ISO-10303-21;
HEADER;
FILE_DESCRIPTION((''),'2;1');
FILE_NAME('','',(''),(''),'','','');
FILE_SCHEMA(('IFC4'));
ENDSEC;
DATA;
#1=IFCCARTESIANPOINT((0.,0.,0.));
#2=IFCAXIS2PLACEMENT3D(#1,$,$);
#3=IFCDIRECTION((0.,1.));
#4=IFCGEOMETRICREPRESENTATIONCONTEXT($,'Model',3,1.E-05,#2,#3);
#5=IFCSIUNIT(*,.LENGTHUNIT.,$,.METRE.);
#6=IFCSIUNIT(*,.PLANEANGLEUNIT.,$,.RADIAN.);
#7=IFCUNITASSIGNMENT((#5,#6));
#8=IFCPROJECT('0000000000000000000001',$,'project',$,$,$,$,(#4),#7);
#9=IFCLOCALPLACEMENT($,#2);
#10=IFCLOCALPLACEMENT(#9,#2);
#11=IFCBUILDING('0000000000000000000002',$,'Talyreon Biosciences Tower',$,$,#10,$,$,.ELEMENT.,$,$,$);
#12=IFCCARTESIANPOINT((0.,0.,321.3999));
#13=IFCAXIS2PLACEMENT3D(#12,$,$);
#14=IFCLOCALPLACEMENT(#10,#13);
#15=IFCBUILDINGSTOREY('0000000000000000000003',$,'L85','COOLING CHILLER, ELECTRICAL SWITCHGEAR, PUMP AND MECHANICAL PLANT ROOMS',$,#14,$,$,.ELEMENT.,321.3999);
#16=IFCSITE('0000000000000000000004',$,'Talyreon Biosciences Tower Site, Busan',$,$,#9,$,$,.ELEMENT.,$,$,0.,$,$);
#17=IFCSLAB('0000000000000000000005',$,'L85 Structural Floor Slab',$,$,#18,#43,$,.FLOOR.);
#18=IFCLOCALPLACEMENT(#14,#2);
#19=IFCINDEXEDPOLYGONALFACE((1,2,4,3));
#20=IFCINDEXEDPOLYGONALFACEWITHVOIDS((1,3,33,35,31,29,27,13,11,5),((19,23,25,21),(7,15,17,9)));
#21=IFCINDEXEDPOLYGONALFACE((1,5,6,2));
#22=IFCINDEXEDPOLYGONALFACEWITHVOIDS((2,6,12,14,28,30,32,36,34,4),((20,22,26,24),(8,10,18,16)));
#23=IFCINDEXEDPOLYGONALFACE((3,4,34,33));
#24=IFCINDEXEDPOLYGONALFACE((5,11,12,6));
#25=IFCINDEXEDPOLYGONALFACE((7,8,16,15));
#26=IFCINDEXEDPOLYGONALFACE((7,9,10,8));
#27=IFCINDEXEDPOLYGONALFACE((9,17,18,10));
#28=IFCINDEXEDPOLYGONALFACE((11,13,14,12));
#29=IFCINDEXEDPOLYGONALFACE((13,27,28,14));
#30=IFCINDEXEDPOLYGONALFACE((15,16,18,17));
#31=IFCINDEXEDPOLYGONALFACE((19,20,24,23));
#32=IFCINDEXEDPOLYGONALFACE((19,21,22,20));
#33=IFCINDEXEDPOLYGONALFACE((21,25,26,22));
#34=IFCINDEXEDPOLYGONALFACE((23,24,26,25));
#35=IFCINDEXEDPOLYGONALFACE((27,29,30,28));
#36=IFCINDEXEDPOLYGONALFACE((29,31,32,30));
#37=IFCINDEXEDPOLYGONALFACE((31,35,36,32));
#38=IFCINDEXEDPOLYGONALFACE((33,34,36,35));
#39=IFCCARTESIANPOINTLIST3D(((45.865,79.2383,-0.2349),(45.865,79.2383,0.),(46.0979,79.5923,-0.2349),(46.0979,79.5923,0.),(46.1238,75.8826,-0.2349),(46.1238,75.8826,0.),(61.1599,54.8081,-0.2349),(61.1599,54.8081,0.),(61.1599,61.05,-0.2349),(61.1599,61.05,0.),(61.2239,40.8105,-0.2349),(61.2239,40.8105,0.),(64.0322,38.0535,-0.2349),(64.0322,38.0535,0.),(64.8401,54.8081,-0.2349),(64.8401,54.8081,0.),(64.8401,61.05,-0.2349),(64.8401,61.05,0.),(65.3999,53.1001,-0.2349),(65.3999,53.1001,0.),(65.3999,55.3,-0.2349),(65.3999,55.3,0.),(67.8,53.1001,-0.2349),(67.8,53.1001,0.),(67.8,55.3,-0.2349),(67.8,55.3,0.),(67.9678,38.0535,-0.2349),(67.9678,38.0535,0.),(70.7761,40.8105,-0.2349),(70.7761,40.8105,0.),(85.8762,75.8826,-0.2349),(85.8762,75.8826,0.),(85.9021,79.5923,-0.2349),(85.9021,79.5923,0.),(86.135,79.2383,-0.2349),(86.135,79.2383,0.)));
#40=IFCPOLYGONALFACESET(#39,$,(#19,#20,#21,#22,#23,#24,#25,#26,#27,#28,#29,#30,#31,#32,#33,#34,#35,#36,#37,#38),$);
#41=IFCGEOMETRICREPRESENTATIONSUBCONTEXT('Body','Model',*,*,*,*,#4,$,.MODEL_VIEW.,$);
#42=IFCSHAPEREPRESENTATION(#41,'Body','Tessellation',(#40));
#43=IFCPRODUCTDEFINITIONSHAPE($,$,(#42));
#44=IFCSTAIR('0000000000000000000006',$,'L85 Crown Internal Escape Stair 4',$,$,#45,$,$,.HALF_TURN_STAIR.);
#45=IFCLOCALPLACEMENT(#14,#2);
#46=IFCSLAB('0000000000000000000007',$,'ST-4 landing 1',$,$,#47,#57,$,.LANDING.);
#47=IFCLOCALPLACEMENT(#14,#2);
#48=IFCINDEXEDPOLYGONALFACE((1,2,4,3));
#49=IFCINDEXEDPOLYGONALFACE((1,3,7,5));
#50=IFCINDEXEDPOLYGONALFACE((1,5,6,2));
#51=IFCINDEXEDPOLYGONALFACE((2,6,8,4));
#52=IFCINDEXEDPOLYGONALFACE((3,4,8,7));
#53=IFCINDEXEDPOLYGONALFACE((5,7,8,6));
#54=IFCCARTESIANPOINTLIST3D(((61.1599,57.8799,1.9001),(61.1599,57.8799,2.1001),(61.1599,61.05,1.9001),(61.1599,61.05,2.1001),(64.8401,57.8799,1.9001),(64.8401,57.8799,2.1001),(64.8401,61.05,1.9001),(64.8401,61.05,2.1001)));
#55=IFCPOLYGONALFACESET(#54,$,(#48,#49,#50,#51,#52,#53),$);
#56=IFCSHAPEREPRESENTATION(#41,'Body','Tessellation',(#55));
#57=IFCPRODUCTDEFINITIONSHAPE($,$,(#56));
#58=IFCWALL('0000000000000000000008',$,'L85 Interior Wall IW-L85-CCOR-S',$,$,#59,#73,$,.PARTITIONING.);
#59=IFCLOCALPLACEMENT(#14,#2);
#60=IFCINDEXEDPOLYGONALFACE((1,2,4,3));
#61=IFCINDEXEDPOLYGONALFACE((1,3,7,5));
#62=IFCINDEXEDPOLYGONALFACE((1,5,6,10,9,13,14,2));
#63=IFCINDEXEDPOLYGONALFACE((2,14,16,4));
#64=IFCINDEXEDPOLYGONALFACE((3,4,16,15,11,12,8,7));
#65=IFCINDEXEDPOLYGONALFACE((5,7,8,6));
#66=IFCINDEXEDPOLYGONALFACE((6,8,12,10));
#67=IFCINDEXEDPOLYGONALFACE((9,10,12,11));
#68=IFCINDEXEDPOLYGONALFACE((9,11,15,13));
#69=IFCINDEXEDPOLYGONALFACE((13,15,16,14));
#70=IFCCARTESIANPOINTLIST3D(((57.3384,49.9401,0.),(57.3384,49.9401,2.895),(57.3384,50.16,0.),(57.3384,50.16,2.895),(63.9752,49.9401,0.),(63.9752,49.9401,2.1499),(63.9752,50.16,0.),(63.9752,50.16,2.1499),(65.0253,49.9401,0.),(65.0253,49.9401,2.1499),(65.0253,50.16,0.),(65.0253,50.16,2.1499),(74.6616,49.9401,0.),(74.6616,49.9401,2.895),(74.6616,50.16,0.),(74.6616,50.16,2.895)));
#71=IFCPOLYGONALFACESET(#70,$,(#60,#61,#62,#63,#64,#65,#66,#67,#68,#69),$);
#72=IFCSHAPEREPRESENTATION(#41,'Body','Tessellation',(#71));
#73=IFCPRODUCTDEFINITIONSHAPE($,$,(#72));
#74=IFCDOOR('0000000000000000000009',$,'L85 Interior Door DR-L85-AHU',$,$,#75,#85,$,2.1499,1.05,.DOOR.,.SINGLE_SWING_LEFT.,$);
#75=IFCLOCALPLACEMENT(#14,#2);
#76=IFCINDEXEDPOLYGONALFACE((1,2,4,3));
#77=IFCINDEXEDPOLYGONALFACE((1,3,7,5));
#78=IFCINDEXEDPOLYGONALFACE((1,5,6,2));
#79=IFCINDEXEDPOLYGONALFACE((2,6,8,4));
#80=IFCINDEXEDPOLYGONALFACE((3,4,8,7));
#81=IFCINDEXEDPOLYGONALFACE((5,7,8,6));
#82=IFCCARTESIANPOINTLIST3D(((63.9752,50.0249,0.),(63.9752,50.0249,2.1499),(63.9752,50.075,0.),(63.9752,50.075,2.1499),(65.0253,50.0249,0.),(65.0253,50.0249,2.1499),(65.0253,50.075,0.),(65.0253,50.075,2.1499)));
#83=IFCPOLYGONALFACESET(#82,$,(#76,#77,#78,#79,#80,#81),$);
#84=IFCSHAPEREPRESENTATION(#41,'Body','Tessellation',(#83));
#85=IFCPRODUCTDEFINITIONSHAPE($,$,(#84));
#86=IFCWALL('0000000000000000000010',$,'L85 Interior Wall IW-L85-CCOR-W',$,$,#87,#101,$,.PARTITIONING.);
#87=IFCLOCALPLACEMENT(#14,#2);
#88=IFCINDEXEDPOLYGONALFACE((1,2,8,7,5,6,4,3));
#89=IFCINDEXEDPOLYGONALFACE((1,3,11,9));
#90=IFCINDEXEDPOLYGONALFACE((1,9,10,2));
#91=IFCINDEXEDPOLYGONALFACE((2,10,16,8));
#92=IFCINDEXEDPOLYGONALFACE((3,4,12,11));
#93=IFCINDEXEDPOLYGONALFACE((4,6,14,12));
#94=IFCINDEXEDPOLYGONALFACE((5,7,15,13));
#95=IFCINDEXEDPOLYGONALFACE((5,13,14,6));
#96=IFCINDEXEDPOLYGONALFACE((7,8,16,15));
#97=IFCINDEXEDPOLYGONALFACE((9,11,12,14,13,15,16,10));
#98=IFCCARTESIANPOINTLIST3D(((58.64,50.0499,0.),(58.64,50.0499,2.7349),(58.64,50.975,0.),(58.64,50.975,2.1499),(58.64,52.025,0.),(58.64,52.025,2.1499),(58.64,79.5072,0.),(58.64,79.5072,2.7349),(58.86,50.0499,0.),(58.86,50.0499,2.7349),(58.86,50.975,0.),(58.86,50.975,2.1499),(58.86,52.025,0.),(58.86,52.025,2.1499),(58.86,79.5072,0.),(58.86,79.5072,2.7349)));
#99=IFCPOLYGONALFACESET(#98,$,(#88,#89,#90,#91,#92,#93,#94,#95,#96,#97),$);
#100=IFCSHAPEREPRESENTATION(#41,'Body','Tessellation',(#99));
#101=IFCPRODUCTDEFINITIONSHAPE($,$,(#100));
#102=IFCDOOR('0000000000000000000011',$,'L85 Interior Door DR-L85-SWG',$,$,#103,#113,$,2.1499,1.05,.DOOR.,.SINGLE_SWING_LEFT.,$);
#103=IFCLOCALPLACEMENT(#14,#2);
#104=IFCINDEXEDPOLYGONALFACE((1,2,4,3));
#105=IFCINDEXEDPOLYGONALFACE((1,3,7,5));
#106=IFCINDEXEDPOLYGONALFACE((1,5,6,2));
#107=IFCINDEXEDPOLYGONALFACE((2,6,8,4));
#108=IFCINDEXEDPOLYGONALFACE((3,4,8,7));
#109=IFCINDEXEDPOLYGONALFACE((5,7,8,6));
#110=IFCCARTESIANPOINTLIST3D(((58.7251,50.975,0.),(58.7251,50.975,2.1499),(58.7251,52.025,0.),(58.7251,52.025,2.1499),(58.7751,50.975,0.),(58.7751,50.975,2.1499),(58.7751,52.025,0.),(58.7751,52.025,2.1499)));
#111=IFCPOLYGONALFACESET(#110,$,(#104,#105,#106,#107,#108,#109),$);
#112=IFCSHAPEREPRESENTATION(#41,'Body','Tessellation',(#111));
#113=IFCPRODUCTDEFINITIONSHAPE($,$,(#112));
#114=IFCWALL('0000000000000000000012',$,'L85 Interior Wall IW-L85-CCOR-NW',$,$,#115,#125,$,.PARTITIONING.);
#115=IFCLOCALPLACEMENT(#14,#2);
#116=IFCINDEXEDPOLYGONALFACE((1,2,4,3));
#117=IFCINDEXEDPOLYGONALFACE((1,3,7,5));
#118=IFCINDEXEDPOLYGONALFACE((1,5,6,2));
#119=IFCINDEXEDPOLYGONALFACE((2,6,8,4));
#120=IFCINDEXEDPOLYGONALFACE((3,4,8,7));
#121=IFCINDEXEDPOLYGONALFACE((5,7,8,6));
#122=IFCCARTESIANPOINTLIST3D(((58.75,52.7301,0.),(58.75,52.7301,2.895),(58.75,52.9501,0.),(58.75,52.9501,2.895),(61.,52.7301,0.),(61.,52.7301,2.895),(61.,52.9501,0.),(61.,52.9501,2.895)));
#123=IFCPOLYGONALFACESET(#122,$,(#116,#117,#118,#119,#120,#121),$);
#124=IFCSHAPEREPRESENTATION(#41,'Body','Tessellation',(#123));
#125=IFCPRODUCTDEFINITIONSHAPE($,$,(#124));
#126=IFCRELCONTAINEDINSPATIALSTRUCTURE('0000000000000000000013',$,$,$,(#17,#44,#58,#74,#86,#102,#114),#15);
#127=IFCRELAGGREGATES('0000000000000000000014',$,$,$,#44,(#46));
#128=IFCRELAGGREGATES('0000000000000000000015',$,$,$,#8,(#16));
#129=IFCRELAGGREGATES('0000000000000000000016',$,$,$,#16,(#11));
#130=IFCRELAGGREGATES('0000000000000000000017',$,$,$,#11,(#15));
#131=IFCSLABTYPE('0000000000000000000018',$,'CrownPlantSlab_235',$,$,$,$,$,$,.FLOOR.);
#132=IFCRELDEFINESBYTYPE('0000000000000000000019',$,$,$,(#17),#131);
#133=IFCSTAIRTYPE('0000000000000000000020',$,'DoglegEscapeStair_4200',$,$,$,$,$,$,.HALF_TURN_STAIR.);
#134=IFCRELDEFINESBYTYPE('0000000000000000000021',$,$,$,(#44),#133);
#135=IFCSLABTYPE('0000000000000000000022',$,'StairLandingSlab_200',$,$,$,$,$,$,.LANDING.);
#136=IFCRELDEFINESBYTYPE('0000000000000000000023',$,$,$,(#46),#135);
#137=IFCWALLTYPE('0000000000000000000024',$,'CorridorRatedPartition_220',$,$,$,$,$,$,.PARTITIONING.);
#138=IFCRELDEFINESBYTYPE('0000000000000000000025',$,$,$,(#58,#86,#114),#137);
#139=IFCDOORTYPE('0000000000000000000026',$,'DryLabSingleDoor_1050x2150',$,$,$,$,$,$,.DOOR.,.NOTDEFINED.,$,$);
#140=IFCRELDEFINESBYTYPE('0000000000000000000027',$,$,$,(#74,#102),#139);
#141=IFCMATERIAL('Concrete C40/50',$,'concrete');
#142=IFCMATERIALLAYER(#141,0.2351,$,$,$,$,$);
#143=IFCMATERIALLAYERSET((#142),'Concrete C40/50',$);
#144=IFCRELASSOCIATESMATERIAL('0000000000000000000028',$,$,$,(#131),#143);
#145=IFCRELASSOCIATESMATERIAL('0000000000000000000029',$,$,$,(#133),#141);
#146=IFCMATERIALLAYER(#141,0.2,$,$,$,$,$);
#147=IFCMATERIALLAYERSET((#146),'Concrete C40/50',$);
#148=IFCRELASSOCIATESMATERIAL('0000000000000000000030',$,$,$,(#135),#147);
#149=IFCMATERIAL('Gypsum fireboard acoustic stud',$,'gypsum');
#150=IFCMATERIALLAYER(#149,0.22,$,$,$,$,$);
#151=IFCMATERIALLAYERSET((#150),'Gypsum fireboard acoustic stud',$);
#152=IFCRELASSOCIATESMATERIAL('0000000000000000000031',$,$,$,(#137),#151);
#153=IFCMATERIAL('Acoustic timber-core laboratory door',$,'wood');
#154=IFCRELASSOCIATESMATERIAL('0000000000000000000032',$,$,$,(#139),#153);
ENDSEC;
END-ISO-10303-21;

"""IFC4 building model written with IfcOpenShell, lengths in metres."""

from ifc_helpers import new_model, si_unit, direction, frame, frame_2d, origin, place, context, subcontext, project, spatial, polyline, rectangle, outline, extrude, material, layer, layer_set, type_object, element, fill, aggregate, save


model = new_model("IFC4")

# Units and contexts
model_context = context("Model", 3, precision=1e-05, world=origin(), true_north=direction((0.0, 1.0)))
body_context = subcontext(model_context, "Body", "Model", "MODEL_VIEW")
ifc_project = project(units=[si_unit("LENGTHUNIT", "METRE"), si_unit("PLANEANGLEUNIT", "RADIAN")], contexts=[model_context])

# Site, building, storey
site_placement = place(None, origin())
site = spatial("IfcSite", under=ifc_project, at=site_placement, Name="Talyreon Biosciences Tower Site, Busan", CompositionType="ELEMENT", RefElevation=0.0)
building_placement = place(site_placement, origin())
building = spatial("IfcBuilding", under=site, at=building_placement, Name="Talyreon Biosciences Tower", CompositionType="ELEMENT")
storey_placement = place(building_placement, frame((0.0, 0.0, 321.3999)))
storey = spatial("IfcBuildingStorey", under=building, at=storey_placement, Name="L85", Description="COOLING CHILLER, ELECTRICAL SWITCHGEAR, PUMP AND MECHANICAL PLANT ROOMS", CompositionType="ELEMENT", Elevation=321.3999)

# Slab
ifc_material_1 = material(Name="Concrete C40/50", Category="concrete")
ifc_layer_1 = layer(ifc_material_1, 0.2351)
ifc_layer_set_1 = layer_set([ifc_layer_1], Name="Concrete C40/50")
slab_type_1 = type_object("IfcSlabType", Name="CrownPlantSlab_235", PredefinedType="FLOOR", material=ifc_layer_set_1)
slab_1_placement = place(storey_placement, frame((0.0, 0.0, -0.2349)))
element("IfcSlab", 1, at=slab_1_placement, inside=storey, type_object=slab_type_1, Name="L85 Structural Floor Slab", PredefinedType="FLOOR", context=body_context, shape_type="SweptSolid", body=[
    extrude(outline(polyline([(46.1238, 75.8826), (45.865, 79.2383), (46.0979, 79.5923), (85.9021, 79.5923), (86.135, 79.2383), (85.8762, 75.8826), (70.7761, 40.8105), (67.9678, 38.0535), (64.0322, 38.0535), (61.2239, 40.8105), (46.1238, 75.8826)]), holes=[polyline([(65.3999, 53.1001), (65.3999, 55.3), (67.8, 55.3), (67.8, 53.1001), (65.3999, 53.1001)]), polyline([(61.1599, 54.8081), (61.1599, 61.05), (64.8401, 61.05), (64.8401, 54.8081), (61.1599, 54.8081)])]), origin(), (0.0, 0.0, 1.0), 0.2349),
])

# Stair, slab
stair_type = type_object("IfcStairType", Name="DoglegEscapeStair_4200", PredefinedType="HALF_TURN_STAIR", material=ifc_material_1)
stair_placement = place(storey_placement, origin())
stair = element("IfcStair", 2, at=stair_placement, inside=storey, type_object=stair_type, Name="L85 Crown Internal Escape Stair 4", PredefinedType="HALF_TURN_STAIR")
ifc_layer_2 = layer(ifc_material_1, 0.2)
ifc_layer_set_2 = layer_set([ifc_layer_2], Name="Concrete C40/50")
slab_type_2 = type_object("IfcSlabType", Name="StairLandingSlab_200", PredefinedType="LANDING", material=ifc_layer_set_2)
slab_2_placement = place(storey_placement, frame((0.0, 0.0, 1.9001)))
slab_2 = element("IfcSlab", 3, at=slab_2_placement, type_object=slab_type_2, Name="ST-4 landing 1", PredefinedType="LANDING", context=body_context, shape_type="SweptSolid", body=[
    extrude(outline(polyline([(64.8401, 57.8799), (64.8401, 61.05), (61.1599, 61.05), (61.1599, 57.8799), (64.8401, 57.8799)])), origin(), (0.0, 0.0, 1.0), 0.2),
])
aggregate(stair, [slab_2])

# Walls, openings, doors
ifc_material_2 = material(Name="Gypsum fireboard acoustic stud", Category="gypsum")
ifc_layer_3 = layer(ifc_material_2, 0.22)
ifc_layer_set_3 = layer_set([ifc_layer_3], Name="Gypsum fireboard acoustic stud")
wall_type = type_object("IfcWallType", Name="CorridorRatedPartition_220", PredefinedType="PARTITIONING", material=ifc_layer_set_3)
wall_1_placement = place(storey_placement, frame((57.3384, 50.05, 0.0), z_axis=(0.0, 0.0, 1.0), x_axis=(1.0, 0.0, 0.0)))
wall_1 = element("IfcWall", 4, at=wall_1_placement, inside=storey, type_object=wall_type, Name="L85 Interior Wall IW-L85-CCOR-S", PredefinedType="PARTITIONING", context=body_context, shape_type="SweptSolid", body=[
    extrude(rectangle(XDim=17.3232, YDim=0.22, at=frame_2d((8.6616, 0.0))), origin(), (0.0, 0.0, 1.0), 2.895),
])
opening_1_placement = place(wall_1_placement, frame((6.637, 0.0, 0.0)))
opening_1 = element("IfcOpeningElement", 5, at=opening_1_placement, cuts=wall_1, PredefinedType="OPENING", context=body_context, shape_type="SweptSolid", body=[
    extrude(rectangle(XDim=1.05, YDim=2.1499, at=frame_2d((0.5249, 1.075))), frame((0.0, 0.1199, 0.0), z_axis=(0.0, -1.0, 0.0), x_axis=(1.0, 0.0, 0.0)), (0.0, 0.0, 1.0), 0.24),
])
ifc_material_3 = material(Name="Acoustic timber-core laboratory door", Category="wood")
door_type = type_object("IfcDoorType", Name="DryLabSingleDoor_1050x2150", OperationType="NOTDEFINED", PredefinedType="DOOR", material=ifc_material_3)
door_1_placement = place(opening_1_placement, origin())
door_1 = element("IfcDoor", 6, at=door_1_placement, inside=storey, type_object=door_type, Name="L85 Interior Door DR-L85-AHU", OperationType="SINGLE_SWING_LEFT", OverallHeight=2.1499, OverallWidth=1.05, PredefinedType="DOOR", context=body_context, shape_type="SweptSolid", body=[
    extrude(rectangle(XDim=1.05, YDim=2.1499, at=frame_2d((0.5249, 1.075))), frame((0.0, 0.0249, 0.0), z_axis=(0.0, -1.0, 0.0), x_axis=(1.0, 0.0, 0.0)), (0.0, 0.0, 1.0), 0.05),
])
fill(opening_1, door_1)
wall_2_placement = place(storey_placement, frame((58.75, 50.05, 0.0), z_axis=(0.0, 0.0, 1.0), x_axis=(0.0, 1.0, 0.0)))
wall_2 = element("IfcWall", 7, at=wall_2_placement, inside=storey, type_object=wall_type, Name="L85 Interior Wall IW-L85-CCOR-W", PredefinedType="PARTITIONING", context=body_context, shape_type="SweptSolid", body=[
    extrude(rectangle(XDim=29.4573, YDim=0.22, at=frame_2d((14.7285, 0.0))), origin(), (0.0, 0.0, 1.0), 2.7349),
])
opening_2_placement = place(wall_2_placement, frame((0.925, 0.0, 0.0)))
opening_2 = element("IfcOpeningElement", 8, at=opening_2_placement, cuts=wall_2, PredefinedType="OPENING", context=body_context, shape_type="SweptSolid", body=[
    extrude(rectangle(XDim=1.05, YDim=2.1499, at=frame_2d((0.5249, 1.075))), frame((0.0, 0.1199, 0.0), z_axis=(0.0, -1.0, 0.0), x_axis=(1.0, 0.0, 0.0)), (0.0, 0.0, 1.0), 0.24),
])
door_2_placement = place(opening_2_placement, origin())
door_2 = element("IfcDoor", 9, at=door_2_placement, inside=storey, type_object=door_type, Name="L85 Interior Door DR-L85-SWG", OperationType="SINGLE_SWING_LEFT", OverallHeight=2.1499, OverallWidth=1.05, PredefinedType="DOOR", context=body_context, shape_type="SweptSolid", body=[
    extrude(rectangle(XDim=1.05, YDim=2.1499, at=frame_2d((0.5249, 1.075))), frame((0.0, 0.0249, 0.0), z_axis=(0.0, -1.0, 0.0), x_axis=(1.0, 0.0, 0.0)), (0.0, 0.0, 1.0), 0.05),
])
fill(opening_2, door_2)

# Wall
wall_3_placement = place(storey_placement, frame((58.75, 52.8401, 0.0), z_axis=(0.0, 0.0, 1.0), x_axis=(1.0, 0.0, 0.0)))
element("IfcWall", 10, at=wall_3_placement, inside=storey, type_object=wall_type, Name="L85 Interior Wall IW-L85-CCOR-NW", PredefinedType="PARTITIONING", context=body_context, shape_type="SweptSolid", body=[
    extrude(rectangle(XDim=2.25, YDim=0.22, at=frame_2d((1.125, 0.0))), origin(), (0.0, 0.0, 1.0), 2.895),
])

save(model, "model.ifc")
